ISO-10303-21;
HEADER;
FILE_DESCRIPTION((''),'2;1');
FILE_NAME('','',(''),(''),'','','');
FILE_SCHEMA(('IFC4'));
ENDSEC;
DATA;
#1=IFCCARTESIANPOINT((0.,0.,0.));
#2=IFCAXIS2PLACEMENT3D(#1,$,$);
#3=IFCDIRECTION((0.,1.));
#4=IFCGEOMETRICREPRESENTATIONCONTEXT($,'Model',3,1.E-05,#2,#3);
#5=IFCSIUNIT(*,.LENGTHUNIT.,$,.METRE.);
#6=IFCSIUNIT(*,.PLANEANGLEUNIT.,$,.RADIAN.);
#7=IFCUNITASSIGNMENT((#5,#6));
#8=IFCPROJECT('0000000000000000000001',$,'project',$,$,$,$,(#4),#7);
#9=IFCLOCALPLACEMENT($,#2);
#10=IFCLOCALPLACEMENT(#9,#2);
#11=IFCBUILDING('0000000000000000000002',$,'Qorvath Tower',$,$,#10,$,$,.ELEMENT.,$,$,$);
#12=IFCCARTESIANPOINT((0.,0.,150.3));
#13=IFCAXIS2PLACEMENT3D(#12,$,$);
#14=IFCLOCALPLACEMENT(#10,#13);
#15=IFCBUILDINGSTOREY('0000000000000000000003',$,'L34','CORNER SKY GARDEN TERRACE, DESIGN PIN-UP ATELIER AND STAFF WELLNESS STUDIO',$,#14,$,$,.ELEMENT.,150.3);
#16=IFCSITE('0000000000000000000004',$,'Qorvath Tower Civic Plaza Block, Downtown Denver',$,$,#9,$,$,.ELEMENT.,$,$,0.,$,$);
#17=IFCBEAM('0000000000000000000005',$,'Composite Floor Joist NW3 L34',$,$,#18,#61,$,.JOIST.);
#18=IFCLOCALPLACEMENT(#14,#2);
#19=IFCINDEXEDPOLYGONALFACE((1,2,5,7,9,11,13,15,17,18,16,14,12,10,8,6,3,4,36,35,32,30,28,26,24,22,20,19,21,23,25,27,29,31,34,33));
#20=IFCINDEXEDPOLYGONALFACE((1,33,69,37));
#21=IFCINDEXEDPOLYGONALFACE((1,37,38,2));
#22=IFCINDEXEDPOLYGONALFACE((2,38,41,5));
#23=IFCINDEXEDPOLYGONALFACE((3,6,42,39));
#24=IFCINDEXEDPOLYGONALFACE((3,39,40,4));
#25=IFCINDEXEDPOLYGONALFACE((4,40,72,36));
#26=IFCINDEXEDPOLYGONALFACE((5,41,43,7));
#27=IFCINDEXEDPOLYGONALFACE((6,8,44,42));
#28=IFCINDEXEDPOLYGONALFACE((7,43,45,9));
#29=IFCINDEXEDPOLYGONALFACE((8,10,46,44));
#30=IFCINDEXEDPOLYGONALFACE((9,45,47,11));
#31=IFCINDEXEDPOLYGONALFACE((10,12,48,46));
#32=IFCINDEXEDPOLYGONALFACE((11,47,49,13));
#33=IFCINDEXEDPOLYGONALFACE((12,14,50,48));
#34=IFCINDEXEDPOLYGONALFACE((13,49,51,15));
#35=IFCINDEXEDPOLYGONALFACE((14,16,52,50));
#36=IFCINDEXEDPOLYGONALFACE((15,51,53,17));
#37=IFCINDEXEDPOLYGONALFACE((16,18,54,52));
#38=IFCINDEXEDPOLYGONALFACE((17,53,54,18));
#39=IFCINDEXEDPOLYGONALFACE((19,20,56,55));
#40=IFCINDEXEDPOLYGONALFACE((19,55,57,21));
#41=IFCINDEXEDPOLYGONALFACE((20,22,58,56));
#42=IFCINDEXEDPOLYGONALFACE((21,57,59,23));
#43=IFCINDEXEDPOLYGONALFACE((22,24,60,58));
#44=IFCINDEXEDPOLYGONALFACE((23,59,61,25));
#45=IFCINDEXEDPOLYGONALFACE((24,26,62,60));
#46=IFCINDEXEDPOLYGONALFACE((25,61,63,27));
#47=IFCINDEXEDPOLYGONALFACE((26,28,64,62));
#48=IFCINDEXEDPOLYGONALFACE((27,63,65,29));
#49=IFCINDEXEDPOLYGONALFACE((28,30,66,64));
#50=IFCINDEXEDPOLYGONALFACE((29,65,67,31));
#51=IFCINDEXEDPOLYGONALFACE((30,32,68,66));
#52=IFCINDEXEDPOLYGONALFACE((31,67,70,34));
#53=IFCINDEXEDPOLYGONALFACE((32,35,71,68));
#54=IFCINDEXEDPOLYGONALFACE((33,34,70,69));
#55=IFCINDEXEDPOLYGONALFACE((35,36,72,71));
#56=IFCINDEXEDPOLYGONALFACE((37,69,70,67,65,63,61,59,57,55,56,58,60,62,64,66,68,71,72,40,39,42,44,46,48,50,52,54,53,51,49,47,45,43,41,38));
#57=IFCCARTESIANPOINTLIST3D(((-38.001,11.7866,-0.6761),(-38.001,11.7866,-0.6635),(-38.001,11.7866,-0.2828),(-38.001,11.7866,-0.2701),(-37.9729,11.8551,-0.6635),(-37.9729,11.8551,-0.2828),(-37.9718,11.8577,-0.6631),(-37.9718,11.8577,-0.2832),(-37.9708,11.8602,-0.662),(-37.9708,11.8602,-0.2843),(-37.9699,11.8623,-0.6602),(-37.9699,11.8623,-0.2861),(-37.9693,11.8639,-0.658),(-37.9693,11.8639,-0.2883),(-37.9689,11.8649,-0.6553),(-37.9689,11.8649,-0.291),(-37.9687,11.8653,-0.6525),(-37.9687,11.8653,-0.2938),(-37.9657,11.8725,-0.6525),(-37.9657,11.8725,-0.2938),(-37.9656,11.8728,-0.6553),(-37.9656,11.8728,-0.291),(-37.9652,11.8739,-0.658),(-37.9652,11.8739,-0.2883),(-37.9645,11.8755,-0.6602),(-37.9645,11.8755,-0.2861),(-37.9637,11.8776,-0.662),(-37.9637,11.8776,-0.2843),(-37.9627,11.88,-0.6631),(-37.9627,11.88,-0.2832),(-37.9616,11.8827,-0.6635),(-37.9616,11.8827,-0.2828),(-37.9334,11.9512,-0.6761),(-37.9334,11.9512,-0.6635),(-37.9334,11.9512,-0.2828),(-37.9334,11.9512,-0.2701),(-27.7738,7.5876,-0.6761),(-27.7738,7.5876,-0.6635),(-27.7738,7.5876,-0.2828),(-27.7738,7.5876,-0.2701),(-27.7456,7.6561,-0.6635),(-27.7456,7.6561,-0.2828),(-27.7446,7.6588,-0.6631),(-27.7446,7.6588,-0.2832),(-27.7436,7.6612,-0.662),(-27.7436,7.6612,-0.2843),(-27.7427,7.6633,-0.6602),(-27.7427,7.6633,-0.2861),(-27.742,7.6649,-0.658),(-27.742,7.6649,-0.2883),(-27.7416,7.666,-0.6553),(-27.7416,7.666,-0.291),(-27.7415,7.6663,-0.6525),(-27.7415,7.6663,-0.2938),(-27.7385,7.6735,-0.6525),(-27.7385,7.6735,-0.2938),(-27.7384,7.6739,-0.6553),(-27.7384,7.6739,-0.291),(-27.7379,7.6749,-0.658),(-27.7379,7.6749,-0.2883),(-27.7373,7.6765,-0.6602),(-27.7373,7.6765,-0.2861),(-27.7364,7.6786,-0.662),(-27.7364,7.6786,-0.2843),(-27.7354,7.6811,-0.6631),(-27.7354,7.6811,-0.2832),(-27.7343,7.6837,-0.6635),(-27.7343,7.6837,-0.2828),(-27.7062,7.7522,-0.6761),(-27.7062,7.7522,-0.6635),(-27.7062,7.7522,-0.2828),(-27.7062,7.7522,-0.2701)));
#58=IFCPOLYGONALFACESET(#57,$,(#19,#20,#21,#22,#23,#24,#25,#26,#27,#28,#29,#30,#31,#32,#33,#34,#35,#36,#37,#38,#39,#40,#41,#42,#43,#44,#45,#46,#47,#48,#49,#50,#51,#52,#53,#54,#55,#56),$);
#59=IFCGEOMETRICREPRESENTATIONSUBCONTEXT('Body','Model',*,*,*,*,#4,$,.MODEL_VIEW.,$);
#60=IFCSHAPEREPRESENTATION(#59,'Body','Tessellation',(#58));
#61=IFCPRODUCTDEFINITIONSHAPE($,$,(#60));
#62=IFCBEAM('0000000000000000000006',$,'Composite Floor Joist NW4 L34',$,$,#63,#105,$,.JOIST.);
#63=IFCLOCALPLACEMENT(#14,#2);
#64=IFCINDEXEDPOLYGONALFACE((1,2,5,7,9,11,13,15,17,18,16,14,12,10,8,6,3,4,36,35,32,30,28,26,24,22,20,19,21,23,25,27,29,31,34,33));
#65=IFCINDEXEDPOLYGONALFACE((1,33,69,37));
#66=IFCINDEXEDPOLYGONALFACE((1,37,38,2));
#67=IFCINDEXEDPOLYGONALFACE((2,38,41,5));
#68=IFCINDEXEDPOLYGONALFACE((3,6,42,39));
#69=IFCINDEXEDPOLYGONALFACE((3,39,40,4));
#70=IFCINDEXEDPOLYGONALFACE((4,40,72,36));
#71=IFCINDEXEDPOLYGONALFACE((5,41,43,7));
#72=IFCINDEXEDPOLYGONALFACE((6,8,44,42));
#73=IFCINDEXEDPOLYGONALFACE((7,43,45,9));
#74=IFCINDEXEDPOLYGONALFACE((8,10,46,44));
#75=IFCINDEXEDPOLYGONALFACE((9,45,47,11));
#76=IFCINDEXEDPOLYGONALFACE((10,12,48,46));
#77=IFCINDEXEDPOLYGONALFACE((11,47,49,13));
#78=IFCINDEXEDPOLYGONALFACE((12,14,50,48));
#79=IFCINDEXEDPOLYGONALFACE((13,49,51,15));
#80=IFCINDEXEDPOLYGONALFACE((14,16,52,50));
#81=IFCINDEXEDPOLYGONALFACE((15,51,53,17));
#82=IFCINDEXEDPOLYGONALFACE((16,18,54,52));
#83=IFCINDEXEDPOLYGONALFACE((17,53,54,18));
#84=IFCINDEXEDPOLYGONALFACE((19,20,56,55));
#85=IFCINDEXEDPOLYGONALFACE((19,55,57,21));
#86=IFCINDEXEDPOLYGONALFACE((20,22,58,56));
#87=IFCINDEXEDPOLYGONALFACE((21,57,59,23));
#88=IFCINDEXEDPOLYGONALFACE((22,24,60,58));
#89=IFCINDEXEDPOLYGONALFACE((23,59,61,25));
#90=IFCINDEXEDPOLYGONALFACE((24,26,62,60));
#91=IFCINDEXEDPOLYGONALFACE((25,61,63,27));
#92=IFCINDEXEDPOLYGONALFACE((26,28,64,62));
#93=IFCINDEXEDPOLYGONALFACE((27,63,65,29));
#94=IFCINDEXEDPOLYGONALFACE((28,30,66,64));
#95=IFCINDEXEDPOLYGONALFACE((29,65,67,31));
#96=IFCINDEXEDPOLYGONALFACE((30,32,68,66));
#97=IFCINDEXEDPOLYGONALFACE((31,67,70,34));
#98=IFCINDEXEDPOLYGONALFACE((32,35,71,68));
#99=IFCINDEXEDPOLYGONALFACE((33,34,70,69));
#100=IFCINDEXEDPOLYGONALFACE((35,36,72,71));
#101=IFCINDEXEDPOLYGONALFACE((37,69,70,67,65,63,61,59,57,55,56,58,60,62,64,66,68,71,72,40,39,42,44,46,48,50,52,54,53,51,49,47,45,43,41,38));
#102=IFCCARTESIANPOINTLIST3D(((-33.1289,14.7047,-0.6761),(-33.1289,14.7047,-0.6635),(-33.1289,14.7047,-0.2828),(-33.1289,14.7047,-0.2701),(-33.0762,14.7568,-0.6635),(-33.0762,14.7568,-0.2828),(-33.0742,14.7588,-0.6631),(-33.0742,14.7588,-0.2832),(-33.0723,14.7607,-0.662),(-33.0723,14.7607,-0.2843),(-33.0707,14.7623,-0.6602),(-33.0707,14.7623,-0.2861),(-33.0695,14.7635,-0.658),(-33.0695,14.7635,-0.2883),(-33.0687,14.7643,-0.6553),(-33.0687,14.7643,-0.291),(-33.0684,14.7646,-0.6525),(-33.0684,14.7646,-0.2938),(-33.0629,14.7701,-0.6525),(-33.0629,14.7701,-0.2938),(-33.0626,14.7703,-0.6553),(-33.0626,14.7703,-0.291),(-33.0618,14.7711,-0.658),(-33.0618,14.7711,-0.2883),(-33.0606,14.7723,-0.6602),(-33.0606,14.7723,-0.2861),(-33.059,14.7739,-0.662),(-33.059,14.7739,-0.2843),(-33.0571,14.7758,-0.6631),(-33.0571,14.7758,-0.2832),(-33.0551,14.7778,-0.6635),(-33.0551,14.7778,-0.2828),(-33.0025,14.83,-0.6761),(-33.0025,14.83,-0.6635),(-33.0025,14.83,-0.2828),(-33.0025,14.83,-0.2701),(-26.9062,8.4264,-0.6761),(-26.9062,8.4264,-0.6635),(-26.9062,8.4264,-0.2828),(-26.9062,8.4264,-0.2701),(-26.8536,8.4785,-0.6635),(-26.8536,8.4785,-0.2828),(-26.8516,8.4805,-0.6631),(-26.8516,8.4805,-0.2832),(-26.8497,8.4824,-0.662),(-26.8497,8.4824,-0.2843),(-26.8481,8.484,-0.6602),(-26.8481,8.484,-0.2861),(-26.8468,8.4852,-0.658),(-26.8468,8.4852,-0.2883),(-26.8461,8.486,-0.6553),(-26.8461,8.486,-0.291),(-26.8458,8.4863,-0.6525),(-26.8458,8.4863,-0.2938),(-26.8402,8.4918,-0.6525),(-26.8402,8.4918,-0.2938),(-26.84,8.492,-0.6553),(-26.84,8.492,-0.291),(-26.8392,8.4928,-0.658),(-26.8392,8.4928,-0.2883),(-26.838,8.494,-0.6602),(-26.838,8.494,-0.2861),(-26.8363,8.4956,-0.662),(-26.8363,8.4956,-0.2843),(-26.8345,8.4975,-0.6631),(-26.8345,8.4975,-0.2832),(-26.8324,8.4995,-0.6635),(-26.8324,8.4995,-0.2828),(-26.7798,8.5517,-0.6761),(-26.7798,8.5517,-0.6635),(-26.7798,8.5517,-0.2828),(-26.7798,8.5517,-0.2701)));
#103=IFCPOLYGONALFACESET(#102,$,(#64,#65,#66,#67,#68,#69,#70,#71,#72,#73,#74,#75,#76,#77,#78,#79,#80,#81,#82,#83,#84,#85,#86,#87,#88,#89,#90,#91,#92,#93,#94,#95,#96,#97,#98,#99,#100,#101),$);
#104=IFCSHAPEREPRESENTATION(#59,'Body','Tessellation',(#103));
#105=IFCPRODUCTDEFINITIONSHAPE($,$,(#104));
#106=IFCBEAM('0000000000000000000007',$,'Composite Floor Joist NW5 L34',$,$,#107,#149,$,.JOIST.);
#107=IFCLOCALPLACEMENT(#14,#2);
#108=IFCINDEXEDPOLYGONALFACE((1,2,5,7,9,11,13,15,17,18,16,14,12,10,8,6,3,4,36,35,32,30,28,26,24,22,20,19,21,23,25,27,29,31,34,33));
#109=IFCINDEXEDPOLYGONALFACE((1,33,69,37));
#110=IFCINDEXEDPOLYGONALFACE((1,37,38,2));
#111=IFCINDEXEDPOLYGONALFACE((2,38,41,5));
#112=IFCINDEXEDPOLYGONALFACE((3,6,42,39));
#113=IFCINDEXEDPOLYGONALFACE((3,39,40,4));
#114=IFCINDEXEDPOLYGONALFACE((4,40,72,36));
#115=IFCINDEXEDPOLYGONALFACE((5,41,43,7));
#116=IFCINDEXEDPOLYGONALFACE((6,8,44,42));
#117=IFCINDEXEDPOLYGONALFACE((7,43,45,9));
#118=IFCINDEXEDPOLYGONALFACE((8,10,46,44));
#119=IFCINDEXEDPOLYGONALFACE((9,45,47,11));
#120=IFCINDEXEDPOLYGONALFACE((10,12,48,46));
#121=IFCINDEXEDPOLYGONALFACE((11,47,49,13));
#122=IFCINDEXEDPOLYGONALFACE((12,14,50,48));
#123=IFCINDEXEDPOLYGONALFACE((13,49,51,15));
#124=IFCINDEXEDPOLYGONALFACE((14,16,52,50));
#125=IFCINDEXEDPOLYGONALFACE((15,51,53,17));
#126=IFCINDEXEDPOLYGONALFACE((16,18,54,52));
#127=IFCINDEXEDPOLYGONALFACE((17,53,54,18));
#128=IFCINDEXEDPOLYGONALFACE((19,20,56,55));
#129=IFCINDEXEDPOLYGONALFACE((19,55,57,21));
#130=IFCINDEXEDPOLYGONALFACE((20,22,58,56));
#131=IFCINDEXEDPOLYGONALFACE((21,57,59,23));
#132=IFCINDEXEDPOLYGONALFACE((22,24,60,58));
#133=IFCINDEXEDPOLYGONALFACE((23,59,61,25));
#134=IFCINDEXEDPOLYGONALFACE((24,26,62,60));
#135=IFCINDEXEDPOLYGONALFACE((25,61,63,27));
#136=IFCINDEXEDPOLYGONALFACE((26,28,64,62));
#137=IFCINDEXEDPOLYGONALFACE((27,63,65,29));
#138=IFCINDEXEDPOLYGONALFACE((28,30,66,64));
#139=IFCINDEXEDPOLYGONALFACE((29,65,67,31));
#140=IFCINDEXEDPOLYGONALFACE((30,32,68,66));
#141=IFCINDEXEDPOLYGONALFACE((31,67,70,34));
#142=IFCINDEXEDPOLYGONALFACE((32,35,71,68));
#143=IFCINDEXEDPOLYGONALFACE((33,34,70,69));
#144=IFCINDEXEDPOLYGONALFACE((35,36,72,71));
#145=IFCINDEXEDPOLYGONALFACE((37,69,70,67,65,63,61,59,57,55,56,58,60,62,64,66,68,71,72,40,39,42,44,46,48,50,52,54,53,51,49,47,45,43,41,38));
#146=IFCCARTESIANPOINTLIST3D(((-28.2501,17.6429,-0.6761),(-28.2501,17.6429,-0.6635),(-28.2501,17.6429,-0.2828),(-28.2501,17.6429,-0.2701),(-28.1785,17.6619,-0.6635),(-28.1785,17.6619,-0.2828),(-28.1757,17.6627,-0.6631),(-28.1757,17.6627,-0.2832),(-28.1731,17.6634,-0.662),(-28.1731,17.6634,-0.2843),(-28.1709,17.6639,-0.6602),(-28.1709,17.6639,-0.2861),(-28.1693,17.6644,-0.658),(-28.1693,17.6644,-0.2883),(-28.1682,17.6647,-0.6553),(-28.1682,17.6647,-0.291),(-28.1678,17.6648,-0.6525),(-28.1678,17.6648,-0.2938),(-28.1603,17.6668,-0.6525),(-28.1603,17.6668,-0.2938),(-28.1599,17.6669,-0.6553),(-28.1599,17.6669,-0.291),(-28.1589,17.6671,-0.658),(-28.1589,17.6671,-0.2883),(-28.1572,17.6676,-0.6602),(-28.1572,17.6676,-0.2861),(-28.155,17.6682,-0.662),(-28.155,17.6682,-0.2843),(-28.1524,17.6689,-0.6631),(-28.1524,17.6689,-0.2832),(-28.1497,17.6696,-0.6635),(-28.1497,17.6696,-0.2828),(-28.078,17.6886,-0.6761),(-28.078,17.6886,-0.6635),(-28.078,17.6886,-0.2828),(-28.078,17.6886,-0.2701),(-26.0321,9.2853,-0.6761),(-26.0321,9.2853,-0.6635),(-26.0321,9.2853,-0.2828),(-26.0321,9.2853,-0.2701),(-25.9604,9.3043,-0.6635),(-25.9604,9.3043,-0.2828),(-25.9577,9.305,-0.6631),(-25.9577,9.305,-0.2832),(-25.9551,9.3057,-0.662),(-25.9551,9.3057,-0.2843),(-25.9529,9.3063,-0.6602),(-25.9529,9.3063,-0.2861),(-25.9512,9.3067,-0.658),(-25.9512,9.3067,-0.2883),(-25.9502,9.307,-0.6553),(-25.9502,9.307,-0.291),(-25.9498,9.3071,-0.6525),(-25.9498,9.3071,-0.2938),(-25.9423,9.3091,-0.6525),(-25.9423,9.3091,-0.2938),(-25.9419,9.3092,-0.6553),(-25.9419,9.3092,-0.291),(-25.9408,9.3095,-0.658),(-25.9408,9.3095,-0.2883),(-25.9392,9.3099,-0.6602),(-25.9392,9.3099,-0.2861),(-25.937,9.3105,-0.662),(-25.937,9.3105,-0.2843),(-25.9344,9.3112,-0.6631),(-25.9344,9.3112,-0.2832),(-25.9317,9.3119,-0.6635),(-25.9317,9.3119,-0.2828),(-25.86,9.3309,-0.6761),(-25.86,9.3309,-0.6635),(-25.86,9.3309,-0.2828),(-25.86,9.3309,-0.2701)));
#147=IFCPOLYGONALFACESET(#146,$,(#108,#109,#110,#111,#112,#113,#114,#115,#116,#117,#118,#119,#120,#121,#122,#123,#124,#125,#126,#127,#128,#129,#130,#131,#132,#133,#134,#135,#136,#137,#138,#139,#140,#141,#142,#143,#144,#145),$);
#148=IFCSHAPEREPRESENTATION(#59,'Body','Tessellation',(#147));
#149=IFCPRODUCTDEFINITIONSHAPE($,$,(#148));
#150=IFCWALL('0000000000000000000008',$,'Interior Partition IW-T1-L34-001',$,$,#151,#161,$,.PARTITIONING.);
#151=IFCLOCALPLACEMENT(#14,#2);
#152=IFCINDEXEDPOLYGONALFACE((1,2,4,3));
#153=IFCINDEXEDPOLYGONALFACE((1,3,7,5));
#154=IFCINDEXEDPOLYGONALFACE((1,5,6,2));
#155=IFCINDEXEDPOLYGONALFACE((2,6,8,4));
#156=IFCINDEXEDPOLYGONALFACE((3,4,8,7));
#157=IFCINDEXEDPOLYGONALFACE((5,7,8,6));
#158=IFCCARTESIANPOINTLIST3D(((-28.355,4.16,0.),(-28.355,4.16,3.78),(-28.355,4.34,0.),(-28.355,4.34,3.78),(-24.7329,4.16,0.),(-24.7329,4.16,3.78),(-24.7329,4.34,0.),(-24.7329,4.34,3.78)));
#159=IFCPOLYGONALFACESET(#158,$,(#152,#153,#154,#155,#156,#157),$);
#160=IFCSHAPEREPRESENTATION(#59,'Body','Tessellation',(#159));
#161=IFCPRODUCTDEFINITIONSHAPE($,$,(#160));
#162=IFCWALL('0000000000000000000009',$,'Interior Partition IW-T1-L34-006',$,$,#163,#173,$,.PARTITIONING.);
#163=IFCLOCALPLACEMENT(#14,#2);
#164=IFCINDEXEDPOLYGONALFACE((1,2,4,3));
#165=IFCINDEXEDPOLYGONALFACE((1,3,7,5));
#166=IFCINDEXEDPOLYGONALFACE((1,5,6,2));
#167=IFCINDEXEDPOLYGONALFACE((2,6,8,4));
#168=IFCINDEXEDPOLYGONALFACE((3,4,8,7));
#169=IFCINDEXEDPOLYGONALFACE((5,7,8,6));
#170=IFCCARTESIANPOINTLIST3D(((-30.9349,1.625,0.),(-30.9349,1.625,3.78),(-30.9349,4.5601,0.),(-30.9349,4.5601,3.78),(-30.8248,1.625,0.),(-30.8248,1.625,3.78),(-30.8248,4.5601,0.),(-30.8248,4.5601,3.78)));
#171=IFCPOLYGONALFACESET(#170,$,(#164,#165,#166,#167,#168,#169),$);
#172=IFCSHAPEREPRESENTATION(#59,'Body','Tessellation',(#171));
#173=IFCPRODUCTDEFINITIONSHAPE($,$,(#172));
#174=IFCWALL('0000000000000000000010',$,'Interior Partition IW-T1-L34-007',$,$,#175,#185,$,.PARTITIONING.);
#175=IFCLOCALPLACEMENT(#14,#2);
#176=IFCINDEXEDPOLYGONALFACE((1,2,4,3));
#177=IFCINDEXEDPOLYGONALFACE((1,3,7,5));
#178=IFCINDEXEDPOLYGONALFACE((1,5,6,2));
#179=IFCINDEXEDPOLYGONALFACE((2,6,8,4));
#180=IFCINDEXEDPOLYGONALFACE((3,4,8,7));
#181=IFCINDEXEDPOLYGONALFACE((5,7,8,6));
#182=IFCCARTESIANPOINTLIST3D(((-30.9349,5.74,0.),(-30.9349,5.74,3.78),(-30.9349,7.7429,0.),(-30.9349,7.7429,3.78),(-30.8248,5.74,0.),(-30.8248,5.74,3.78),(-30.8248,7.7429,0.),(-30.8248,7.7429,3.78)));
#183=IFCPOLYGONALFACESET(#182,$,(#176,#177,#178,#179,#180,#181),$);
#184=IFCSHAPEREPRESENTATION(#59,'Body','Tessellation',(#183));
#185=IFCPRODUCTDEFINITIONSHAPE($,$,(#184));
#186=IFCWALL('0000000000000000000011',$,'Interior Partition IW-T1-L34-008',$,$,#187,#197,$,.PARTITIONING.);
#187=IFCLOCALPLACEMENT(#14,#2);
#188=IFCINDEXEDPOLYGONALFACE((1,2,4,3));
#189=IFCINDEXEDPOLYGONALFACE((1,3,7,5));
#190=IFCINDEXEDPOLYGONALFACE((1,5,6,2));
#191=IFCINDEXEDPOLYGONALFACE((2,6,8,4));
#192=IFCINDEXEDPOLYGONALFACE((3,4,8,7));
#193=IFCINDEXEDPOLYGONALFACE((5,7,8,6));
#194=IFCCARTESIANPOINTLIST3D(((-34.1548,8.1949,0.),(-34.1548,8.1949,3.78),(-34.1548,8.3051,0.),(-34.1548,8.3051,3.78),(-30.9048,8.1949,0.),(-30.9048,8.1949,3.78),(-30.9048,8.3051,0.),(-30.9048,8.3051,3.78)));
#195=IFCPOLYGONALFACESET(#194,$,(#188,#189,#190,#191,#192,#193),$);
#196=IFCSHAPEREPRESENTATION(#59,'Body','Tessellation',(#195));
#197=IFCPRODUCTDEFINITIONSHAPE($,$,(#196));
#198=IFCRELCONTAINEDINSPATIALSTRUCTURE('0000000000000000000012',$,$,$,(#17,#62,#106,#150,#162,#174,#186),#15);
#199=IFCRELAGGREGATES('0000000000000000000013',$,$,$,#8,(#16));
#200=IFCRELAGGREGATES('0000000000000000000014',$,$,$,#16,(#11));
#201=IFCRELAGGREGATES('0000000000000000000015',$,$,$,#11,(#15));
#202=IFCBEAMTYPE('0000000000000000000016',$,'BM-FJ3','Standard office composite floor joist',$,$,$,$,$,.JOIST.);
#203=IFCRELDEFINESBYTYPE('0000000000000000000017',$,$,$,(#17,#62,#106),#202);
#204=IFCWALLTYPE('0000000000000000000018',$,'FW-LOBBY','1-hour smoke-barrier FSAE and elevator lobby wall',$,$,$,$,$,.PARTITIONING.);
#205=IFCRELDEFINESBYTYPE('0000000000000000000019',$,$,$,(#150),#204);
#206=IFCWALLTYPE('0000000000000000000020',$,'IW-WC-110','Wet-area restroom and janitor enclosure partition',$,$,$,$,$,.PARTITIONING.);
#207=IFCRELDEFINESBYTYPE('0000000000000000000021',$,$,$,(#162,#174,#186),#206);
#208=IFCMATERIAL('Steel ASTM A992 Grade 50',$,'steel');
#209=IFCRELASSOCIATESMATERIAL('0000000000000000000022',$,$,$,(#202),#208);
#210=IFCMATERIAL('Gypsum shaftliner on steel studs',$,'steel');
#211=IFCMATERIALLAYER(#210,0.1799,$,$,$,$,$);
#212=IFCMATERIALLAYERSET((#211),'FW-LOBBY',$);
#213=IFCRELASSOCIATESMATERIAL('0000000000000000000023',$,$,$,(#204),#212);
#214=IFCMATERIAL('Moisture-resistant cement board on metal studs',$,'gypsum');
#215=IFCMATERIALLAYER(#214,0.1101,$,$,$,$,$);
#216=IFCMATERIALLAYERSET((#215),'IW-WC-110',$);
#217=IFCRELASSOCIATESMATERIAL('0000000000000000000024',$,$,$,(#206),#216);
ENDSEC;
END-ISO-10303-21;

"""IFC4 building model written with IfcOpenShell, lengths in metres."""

from ifc_helpers import new_model, si_unit, direction, frame, frame_2d, origin, origin_2d, place, context, subcontext, project, spatial, rectangle, i_section, extrude, material, layer, layer_set, material_profile, profile_set, type_object, element, save


model = new_model("IFC4")

# Units and contexts
model_context = context("Model", 3, precision=1e-05, world=origin(), true_north=direction((0.0, 1.0)))
body_context = subcontext(model_context, "Body", "Model", "MODEL_VIEW")
ifc_project = project(units=[si_unit("LENGTHUNIT", "METRE"), si_unit("PLANEANGLEUNIT", "RADIAN")], contexts=[model_context])

# Site, building, storey
site_placement = place(None, origin())
site = spatial("IfcSite", under=ifc_project, at=site_placement, Name="Qorvath Tower Civic Plaza Block, Downtown Denver", CompositionType="ELEMENT", RefElevation=0.0)
building_placement = place(site_placement, origin())
building = spatial("IfcBuilding", under=site, at=building_placement, Name="Qorvath Tower", CompositionType="ELEMENT")
storey_placement = place(building_placement, frame((0.0, 0.0, 150.3)))
storey = spatial("IfcBuildingStorey", under=building, at=storey_placement, Name="L34", Description="CORNER SKY GARDEN TERRACE, DESIGN PIN-UP ATELIER AND STAFF WELLNESS STUDIO", CompositionType="ELEMENT", Elevation=150.3)

# Beams
ifc_material_1 = material(Name="Steel ASTM A992 Grade 50", Category="steel")
ifc_material_profile_1 = material_profile(ifc_material_1, i_section(OverallWidth=0.178, OverallDepth=0.406, WebThickness=0.0078, FlangeThickness=0.0127, FilletRadius=0.011, at=origin_2d()), Name="W16x40")
ifc_profile_set_1 = profile_set([ifc_material_profile_1], Name="Steel ASTM A992 Grade 50")
beam_type_1 = type_object("IfcBeamType", Name="BM-FJ3", Description="Standard office composite floor joist", PredefinedType="JOIST", material=ifc_profile_set_1)
beam_1_placement = place(storey_placement, frame((-27.74, 7.6699, -0.4731), z_axis=(-0.925068, 0.379801, 0.0), x_axis=(-0.379801, -0.925068, 0.0)))
element("IfcBeam", 1, at=beam_1_placement, inside=storey, type_object=beam_type_1, Name="Composite Floor Joist NW3 L34", PredefinedType="JOIST", context=body_context, shape_type="SweptSolid", body=[
    extrude(i_section(OverallWidth=0.178, OverallDepth=0.406, WebThickness=0.0078, FlangeThickness=0.0127, FilletRadius=0.011, at=origin_2d()), origin(), (0.0, 0.0, 1.0), 11.0557),
])
beam_2_placement = place(storey_placement, frame((-26.843, 8.489, -0.4731), z_axis=(-0.703951, 0.710248, 0.0), x_axis=(-0.710248, -0.703951, 0.0)))
element("IfcBeam", 2, at=beam_2_placement, inside=storey, type_object=beam_type_1, Name="Composite Floor Joist NW4 L34", PredefinedType="JOIST", context=body_context, shape_type="SweptSolid", body=[
    extrude(i_section(OverallWidth=0.178, OverallDepth=0.406, WebThickness=0.0078, FlangeThickness=0.0127, FilletRadius=0.011, at=origin_2d()), origin(), (0.0, 0.0, 1.0), 8.8396),
])
beam_3_placement = place(storey_placement, frame((-25.946, 9.3081, -0.4731), z_axis=(-0.256508, 0.966542, 0.0), x_axis=(-0.966542, -0.256508, 0.0)))
element("IfcBeam", 3, at=beam_3_placement, inside=storey, type_object=beam_type_1, Name="Composite Floor Joist NW5 L34", PredefinedType="JOIST", context=body_context, shape_type="SweptSolid", body=[
    extrude(i_section(OverallWidth=0.178, OverallDepth=0.406, WebThickness=0.0078, FlangeThickness=0.0127, FilletRadius=0.011, at=origin_2d()), origin(), (0.0, 0.0, 1.0), 8.647),
])

# Wall
ifc_material_2 = material(Name="Gypsum shaftliner on steel studs", Category="steel")
ifc_layer_1 = layer(ifc_material_2, 0.1799)
ifc_layer_set_1 = layer_set([ifc_layer_1], Name="FW-LOBBY")
wall_type_1 = type_object("IfcWallType", Name="FW-LOBBY", Description="1-hour smoke-barrier FSAE and elevator lobby wall", PredefinedType="PARTITIONING", material=ifc_layer_set_1)
wall_1_placement = place(storey_placement, frame((-28.355, 4.25, 0.0), z_axis=(0.0, 0.0, 1.0), x_axis=(1.0, 0.0, 0.0)))
element("IfcWall", 4, at=wall_1_placement, inside=storey, type_object=wall_type_1, Name="Interior Partition IW-T1-L34-001", PredefinedType="PARTITIONING", context=body_context, shape_type="SweptSolid", body=[
    extrude(rectangle(XDim=3.6221, YDim=0.1799, at=frame_2d((1.811, 0.0))), origin(), (0.0, 0.0, 1.0), 3.78),
])

# Walls
ifc_material_3 = material(Name="Moisture-resistant cement board on metal studs", Category="gypsum")
ifc_layer_2 = layer(ifc_material_3, 0.1101)
ifc_layer_set_2 = layer_set([ifc_layer_2], Name="IW-WC-110")
wall_type_2 = type_object("IfcWallType", Name="IW-WC-110", Description="Wet-area restroom and janitor enclosure partition", PredefinedType="PARTITIONING", material=ifc_layer_set_2)
wall_2_placement = place(storey_placement, frame((-30.8799, 1.625, 0.0), z_axis=(0.0, 0.0, 1.0), x_axis=(0.0, 1.0, 0.0)))
element("IfcWall", 5, at=wall_2_placement, inside=storey, type_object=wall_type_2, Name="Interior Partition IW-T1-L34-006", PredefinedType="PARTITIONING", context=body_context, shape_type="SweptSolid", body=[
    extrude(rectangle(XDim=2.9351, YDim=0.1101, at=frame_2d((1.4675, 0.0))), origin(), (0.0, 0.0, 1.0), 3.78),
])
wall_3_placement = place(storey_placement, frame((-30.8799, 5.74, 0.0), z_axis=(0.0, 0.0, 1.0), x_axis=(0.0, 1.0, 0.0)))
element("IfcWall", 6, at=wall_3_placement, inside=storey, type_object=wall_type_2, Name="Interior Partition IW-T1-L34-007", PredefinedType="PARTITIONING", context=body_context, shape_type="SweptSolid", body=[
    extrude(rectangle(XDim=2.0029, YDim=0.1101, at=frame_2d((1.0015, 0.0))), origin(), (0.0, 0.0, 1.0), 3.78),
])
wall_4_placement = place(storey_placement, frame((-30.9048, 8.25, 0.0), z_axis=(0.0, 0.0, 1.0), x_axis=(-1.0, 0.0, 0.0)))
element("IfcWall", 7, at=wall_4_placement, inside=storey, type_object=wall_type_2, Name="Interior Partition IW-T1-L34-008", PredefinedType="PARTITIONING", context=body_context, shape_type="SweptSolid", body=[
    extrude(rectangle(XDim=3.25, YDim=0.1101, at=frame_2d((1.625, 0.0))), origin(), (0.0, 0.0, 1.0), 3.78),
])

save(model, "model.ifc")
